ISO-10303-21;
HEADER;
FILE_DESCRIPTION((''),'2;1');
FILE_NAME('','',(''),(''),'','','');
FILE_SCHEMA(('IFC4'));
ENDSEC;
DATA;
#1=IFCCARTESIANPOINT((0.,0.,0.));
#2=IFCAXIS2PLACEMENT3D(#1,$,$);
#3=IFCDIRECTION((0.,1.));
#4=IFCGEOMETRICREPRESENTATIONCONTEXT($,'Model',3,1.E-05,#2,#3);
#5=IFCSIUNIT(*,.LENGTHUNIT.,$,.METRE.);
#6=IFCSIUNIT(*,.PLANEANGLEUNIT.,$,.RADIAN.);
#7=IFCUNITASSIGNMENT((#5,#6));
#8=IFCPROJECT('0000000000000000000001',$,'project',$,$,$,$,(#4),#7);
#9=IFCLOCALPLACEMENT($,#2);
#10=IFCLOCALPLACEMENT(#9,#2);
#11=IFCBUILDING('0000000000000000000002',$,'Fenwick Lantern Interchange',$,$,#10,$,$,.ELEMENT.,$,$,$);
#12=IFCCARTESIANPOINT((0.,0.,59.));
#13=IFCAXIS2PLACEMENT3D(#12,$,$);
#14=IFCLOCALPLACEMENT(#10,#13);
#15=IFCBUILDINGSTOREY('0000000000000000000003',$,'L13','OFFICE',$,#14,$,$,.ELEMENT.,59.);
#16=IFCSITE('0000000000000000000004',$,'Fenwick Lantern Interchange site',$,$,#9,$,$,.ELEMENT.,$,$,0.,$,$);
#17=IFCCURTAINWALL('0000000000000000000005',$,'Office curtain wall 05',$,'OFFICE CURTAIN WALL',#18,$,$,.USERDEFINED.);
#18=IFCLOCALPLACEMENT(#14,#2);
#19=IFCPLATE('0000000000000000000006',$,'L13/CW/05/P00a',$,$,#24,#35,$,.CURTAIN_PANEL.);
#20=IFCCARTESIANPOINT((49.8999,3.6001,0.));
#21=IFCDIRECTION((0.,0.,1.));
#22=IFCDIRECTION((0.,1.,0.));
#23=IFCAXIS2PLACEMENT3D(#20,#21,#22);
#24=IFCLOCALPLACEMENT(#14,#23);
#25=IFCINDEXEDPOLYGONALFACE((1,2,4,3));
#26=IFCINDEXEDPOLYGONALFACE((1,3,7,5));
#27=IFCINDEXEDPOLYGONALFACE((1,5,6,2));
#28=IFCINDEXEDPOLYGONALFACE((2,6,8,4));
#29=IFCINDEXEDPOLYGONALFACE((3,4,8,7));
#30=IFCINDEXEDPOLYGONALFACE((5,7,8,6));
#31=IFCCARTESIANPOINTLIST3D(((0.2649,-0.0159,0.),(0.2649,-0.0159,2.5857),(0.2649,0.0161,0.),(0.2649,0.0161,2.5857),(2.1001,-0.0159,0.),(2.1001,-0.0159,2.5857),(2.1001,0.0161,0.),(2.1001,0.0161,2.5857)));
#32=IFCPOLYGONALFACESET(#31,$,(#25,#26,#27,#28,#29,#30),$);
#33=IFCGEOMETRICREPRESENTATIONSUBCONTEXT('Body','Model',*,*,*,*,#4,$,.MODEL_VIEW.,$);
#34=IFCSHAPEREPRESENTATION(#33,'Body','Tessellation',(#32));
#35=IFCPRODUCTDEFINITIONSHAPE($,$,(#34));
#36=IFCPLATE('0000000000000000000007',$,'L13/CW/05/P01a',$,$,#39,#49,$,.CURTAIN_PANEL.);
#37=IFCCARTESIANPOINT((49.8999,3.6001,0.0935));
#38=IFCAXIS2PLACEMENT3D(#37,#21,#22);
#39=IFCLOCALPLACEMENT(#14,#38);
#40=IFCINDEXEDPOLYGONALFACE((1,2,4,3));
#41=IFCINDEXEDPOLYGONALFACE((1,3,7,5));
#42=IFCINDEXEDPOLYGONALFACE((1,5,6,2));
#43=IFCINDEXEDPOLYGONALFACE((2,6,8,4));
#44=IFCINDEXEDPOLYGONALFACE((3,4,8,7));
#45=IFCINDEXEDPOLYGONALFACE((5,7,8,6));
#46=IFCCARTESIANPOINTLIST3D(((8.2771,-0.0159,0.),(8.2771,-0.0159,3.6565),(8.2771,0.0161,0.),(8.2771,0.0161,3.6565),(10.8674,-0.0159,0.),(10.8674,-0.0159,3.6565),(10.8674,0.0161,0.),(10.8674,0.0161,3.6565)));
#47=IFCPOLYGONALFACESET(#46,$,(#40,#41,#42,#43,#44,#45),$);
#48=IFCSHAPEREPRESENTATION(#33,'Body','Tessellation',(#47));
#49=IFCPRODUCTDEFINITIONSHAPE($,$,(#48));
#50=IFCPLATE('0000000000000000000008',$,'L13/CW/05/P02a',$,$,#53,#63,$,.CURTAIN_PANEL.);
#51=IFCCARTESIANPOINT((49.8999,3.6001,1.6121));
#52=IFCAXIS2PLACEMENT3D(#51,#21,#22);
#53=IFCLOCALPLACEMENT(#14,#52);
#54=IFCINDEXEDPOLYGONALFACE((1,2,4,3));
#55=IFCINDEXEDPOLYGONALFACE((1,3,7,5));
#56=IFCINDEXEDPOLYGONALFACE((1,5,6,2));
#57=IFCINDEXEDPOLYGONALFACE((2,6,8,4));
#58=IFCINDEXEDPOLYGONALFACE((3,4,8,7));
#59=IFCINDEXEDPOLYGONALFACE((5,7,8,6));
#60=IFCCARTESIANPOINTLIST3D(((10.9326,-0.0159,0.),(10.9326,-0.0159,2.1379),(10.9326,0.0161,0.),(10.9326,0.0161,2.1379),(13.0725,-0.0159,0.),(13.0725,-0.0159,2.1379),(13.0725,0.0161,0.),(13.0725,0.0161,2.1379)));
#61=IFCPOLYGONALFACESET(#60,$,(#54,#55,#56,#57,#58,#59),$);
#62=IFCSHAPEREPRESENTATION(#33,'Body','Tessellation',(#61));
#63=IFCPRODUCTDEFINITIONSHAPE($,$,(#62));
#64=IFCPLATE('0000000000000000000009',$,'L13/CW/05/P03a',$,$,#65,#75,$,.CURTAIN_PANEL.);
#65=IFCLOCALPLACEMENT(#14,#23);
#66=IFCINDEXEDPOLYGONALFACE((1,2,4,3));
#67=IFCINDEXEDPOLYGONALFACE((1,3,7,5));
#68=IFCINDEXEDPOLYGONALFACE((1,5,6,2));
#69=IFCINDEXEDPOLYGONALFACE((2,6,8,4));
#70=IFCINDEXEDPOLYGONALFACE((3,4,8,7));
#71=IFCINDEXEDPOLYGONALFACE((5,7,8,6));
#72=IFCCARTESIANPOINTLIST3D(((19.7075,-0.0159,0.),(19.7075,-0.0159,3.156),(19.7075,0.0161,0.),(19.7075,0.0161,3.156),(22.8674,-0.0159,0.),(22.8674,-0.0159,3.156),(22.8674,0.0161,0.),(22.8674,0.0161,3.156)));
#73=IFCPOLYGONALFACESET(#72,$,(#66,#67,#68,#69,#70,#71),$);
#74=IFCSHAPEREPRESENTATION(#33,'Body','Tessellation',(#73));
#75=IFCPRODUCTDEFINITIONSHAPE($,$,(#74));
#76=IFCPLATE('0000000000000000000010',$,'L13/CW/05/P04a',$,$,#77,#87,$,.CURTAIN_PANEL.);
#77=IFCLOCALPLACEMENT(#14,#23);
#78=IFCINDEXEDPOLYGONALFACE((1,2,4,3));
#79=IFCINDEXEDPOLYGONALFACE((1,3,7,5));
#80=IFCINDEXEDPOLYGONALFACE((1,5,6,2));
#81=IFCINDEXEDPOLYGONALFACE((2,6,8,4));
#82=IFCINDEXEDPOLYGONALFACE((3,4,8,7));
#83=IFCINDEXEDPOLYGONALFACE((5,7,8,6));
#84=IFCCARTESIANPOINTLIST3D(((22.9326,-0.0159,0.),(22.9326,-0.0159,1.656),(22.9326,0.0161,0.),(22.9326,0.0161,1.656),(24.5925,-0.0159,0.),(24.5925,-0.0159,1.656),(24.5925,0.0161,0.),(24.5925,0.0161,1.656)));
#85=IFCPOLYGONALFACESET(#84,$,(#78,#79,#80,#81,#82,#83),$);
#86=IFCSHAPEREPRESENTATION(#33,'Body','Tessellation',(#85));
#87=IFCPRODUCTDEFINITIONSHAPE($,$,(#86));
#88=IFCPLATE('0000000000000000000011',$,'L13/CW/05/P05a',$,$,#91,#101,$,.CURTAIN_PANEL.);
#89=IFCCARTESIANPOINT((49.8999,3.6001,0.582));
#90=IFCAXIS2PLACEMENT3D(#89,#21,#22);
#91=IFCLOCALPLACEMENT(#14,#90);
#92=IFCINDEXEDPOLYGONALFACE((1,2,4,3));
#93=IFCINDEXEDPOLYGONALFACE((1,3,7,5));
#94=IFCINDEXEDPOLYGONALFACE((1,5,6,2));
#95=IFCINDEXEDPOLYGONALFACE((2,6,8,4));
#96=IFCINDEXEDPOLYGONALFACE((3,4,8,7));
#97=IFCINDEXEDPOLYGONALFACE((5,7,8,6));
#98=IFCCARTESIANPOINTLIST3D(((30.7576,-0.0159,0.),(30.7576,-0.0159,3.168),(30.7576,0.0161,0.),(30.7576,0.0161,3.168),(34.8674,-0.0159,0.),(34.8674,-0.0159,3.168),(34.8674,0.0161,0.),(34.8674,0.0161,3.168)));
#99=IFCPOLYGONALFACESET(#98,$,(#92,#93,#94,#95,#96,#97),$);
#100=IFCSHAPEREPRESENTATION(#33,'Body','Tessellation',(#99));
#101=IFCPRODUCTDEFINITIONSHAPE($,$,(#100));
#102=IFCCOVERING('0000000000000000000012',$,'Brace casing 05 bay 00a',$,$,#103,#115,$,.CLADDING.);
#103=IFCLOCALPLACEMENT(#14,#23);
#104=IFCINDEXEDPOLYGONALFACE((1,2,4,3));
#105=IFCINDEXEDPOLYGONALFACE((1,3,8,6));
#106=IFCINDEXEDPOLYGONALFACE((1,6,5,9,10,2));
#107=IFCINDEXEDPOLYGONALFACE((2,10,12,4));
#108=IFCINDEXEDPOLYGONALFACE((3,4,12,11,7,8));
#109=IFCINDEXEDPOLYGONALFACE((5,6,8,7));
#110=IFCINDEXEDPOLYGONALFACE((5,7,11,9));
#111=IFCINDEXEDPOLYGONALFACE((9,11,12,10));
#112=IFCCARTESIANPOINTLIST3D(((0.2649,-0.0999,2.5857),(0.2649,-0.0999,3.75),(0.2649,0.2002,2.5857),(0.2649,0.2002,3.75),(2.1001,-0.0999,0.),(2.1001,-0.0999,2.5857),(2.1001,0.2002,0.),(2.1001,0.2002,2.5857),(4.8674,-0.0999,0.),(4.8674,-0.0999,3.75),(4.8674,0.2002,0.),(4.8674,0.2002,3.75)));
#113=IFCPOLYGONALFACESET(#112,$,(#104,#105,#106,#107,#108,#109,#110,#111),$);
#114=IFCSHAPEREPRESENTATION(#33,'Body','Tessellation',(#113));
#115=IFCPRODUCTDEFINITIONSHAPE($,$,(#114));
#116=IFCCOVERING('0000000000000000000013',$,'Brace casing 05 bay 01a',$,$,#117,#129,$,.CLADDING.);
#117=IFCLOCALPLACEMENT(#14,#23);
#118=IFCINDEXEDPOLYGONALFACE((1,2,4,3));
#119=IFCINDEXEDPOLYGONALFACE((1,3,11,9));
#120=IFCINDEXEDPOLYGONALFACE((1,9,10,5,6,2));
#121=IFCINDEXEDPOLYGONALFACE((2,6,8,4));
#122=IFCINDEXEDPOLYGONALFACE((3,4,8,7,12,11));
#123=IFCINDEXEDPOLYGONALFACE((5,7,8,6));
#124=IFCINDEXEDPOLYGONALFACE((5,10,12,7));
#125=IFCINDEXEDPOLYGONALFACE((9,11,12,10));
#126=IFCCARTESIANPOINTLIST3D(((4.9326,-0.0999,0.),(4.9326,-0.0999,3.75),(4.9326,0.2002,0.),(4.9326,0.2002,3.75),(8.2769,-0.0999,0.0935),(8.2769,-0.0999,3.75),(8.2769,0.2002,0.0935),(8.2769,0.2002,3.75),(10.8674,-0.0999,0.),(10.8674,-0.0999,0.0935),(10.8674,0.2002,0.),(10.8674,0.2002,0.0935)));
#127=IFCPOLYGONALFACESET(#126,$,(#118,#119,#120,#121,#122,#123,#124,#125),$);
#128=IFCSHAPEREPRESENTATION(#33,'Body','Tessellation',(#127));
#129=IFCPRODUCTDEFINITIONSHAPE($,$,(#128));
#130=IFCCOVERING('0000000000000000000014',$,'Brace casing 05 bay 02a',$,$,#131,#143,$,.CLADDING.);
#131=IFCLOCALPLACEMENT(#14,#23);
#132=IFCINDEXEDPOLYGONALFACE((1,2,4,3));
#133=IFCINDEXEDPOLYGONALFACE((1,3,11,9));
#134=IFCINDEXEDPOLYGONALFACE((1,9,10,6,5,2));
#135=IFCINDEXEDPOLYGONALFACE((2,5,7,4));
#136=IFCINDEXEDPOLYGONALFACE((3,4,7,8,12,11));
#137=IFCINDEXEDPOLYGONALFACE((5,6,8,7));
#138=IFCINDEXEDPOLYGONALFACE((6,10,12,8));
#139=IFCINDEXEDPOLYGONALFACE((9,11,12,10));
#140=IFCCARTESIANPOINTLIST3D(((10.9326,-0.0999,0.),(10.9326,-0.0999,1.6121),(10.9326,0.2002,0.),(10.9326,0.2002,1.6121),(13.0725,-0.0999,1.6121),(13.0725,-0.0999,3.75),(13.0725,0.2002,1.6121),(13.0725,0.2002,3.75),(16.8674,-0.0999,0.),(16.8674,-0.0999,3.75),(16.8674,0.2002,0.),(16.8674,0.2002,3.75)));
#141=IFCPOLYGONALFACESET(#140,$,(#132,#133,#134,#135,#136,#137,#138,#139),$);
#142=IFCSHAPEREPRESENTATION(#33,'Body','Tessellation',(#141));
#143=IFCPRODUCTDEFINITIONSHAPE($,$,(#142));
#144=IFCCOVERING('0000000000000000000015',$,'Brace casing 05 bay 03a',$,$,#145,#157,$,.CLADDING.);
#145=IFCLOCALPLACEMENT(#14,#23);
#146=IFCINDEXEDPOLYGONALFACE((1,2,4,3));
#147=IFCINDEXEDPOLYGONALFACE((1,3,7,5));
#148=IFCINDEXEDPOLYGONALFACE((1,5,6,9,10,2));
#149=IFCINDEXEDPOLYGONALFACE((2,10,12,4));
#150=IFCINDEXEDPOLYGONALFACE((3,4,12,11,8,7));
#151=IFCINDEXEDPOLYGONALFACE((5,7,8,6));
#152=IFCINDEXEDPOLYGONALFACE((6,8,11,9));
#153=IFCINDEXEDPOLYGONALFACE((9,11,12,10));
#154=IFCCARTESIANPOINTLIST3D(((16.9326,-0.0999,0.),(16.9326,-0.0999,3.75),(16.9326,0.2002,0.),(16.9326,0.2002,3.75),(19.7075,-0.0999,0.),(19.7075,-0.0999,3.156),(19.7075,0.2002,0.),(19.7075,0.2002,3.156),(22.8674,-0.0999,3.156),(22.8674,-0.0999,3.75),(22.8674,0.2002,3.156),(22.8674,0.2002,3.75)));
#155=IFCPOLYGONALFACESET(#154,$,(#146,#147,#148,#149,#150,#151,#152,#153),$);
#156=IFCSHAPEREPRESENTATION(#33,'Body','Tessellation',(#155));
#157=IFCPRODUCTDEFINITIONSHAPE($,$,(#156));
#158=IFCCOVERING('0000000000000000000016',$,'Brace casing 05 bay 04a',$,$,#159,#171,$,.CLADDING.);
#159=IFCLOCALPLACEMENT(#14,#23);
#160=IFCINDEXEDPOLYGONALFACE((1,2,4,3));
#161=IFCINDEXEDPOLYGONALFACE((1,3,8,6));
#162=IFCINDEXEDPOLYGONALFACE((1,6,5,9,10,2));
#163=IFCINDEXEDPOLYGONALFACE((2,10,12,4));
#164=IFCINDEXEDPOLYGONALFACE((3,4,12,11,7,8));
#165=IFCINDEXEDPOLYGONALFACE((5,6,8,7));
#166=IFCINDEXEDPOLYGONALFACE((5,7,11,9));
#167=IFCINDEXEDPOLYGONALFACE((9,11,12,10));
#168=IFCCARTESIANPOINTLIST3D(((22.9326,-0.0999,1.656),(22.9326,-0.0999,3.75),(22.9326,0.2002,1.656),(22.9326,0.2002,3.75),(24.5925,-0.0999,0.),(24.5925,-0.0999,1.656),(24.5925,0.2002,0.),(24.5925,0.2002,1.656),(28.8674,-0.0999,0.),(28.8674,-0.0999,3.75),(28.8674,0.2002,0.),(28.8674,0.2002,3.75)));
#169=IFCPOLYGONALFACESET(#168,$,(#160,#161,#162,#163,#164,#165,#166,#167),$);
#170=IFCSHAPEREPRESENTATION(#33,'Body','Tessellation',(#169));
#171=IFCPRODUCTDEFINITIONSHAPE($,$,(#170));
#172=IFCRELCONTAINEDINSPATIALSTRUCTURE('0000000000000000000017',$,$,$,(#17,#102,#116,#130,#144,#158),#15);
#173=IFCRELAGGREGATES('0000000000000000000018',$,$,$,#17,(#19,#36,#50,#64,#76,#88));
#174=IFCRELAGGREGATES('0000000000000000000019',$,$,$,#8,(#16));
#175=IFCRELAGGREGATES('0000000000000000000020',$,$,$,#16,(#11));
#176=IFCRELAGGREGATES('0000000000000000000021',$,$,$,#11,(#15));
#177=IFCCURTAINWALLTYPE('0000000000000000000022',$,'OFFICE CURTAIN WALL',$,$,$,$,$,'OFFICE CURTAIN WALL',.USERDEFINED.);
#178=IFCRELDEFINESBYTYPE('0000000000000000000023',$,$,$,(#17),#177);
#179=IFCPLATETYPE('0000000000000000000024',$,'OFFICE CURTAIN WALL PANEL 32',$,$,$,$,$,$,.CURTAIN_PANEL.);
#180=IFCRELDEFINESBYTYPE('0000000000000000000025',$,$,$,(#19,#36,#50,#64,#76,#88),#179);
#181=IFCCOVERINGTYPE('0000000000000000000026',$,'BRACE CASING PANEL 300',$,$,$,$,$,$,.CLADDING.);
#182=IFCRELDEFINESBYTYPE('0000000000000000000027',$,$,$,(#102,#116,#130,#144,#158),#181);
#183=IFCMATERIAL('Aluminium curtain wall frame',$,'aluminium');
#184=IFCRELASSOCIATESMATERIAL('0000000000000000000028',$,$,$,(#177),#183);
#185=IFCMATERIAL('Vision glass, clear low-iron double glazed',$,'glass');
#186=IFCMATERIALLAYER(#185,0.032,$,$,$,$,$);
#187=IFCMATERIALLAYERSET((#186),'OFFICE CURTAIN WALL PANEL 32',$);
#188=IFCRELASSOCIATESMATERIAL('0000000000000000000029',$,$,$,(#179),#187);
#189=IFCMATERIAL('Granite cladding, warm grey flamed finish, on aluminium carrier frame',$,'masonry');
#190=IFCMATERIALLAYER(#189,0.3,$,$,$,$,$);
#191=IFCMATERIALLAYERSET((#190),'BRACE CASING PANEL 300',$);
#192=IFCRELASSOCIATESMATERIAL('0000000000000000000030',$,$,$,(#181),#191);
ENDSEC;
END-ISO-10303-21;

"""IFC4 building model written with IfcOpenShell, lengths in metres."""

from ifc_helpers import new_model, si_unit, direction, frame, origin, place, context, subcontext, project, spatial, polyline, outline, extrude, material, layer, layer_set, type_object, element, aggregate, save


model = new_model("IFC4")

# Units and contexts
model_context = context("Model", 3, precision=1e-05, world=origin(), true_north=direction((0.0, 1.0)))
body_context = subcontext(model_context, "Body", "Model", "MODEL_VIEW")
ifc_project = project(units=[si_unit("LENGTHUNIT", "METRE"), si_unit("PLANEANGLEUNIT", "RADIAN")], contexts=[model_context])

# Site, building, storey
site_placement = place(None, origin())
site = spatial("IfcSite", under=ifc_project, at=site_placement, Name="Fenwick Lantern Interchange site", CompositionType="ELEMENT", RefElevation=0.0)
building_placement = place(site_placement, origin())
building = spatial("IfcBuilding", under=site, at=building_placement, Name="Fenwick Lantern Interchange", CompositionType="ELEMENT")
storey_placement = place(building_placement, frame((0.0, 0.0, 59.0)))
storey = spatial("IfcBuildingStorey", under=building, at=storey_placement, Name="L13", Description="OFFICE", CompositionType="ELEMENT", Elevation=59.0)

# Shared definitions
ifc_material_1 = material(Name="Aluminium curtain wall frame", Category="aluminium")
curtain_wall_type = type_object("IfcCurtainWallType", Name="OFFICE CURTAIN WALL", ElementType="OFFICE CURTAIN WALL", PredefinedType="USERDEFINED", material=ifc_material_1)

# Shared definitions
ifc_material_2 = material(Name="Vision glass, clear low-iron double glazed", Category="glass")
ifc_layer_1 = layer(ifc_material_2, 0.032)
ifc_layer_set_1 = layer_set([ifc_layer_1], Name="OFFICE CURTAIN WALL PANEL 32")
plate_type = type_object("IfcPlateType", Name="OFFICE CURTAIN WALL PANEL 32", PredefinedType="CURTAIN_PANEL", material=ifc_layer_set_1)

# Curtain wall, plates
curtain_wall_1_placement = place(storey_placement, origin())
curtain_wall_1 = element("IfcCurtainWall", 1, at=curtain_wall_1_placement, inside=storey, type_object=curtain_wall_type, Name="Office curtain wall 05", ObjectType="OFFICE CURTAIN WALL", PredefinedType="USERDEFINED")
plate_1_placement = place(storey_placement, frame((49.8999, 3.6001, 0.0), z_axis=(0.0, 0.0, 1.0), x_axis=(0.0, 1.0, 0.0)))
plate_1 = element("IfcPlate", 2, at=plate_1_placement, type_object=plate_type, Name="L13/CW/05/P00a", PredefinedType="CURTAIN_PANEL", context=body_context, shape_type="SweptSolid", body=[
    extrude(outline(polyline([(0.2649, 0.0), (2.1001, 0.0), (2.1001, 2.5857), (0.2649, 2.5857), (0.2649, 0.0)])), frame((0.0, 0.0161, 0.0), z_axis=(0.0, -1.0, 0.0), x_axis=(1.0, 0.0, 0.0)), (0.0, 0.0, 1.0), 0.032),
])
plate_2_placement = place(storey_placement, frame((49.8999, 3.6001, 0.0935), z_axis=(0.0, 0.0, 1.0), x_axis=(0.0, 1.0, 0.0)))
plate_2 = element("IfcPlate", 3, at=plate_2_placement, type_object=plate_type, Name="L13/CW/05/P01a", PredefinedType="CURTAIN_PANEL", context=body_context, shape_type="SweptSolid", body=[
    extrude(outline(polyline([(8.2771, 0.0), (10.8674, 0.0), (10.8674, 3.6565), (8.2771, 3.6565), (8.2771, 0.0)])), frame((0.0, 0.0161, 0.0), z_axis=(0.0, -1.0, 0.0), x_axis=(1.0, 0.0, 0.0)), (0.0, 0.0, 1.0), 0.032),
])
plate_3_placement = place(storey_placement, frame((49.8999, 3.6001, 1.6121), z_axis=(0.0, 0.0, 1.0), x_axis=(0.0, 1.0, 0.0)))
plate_3 = element("IfcPlate", 4, at=plate_3_placement, type_object=plate_type, Name="L13/CW/05/P02a", PredefinedType="CURTAIN_PANEL", context=body_context, shape_type="SweptSolid", body=[
    extrude(outline(polyline([(10.9326, 0.0), (13.0725, 0.0), (13.0725, 2.1379), (10.9326, 2.1379), (10.9326, 0.0)])), frame((0.0, 0.0161, 0.0), z_axis=(0.0, -1.0, 0.0), x_axis=(1.0, 0.0, 0.0)), (0.0, 0.0, 1.0), 0.032),
])
plate_4_placement = place(storey_placement, frame((49.8999, 3.6001, 0.0), z_axis=(0.0, 0.0, 1.0), x_axis=(0.0, 1.0, 0.0)))
plate_4 = element("IfcPlate", 5, at=plate_4_placement, type_object=plate_type, Name="L13/CW/05/P03a", PredefinedType="CURTAIN_PANEL", context=body_context, shape_type="SweptSolid", body=[
    extrude(outline(polyline([(19.7075, 0.0), (22.8674, 0.0), (22.8674, 3.156), (19.7075, 3.156), (19.7075, 0.0)])), frame((0.0, 0.0161, 0.0), z_axis=(0.0, -1.0, 0.0), x_axis=(1.0, 0.0, 0.0)), (0.0, 0.0, 1.0), 0.032),
])
plate_5_placement = place(storey_placement, frame((49.8999, 3.6001, 0.0), z_axis=(0.0, 0.0, 1.0), x_axis=(0.0, 1.0, 0.0)))
plate_5 = element("IfcPlate", 6, at=plate_5_placement, type_object=plate_type, Name="L13/CW/05/P04a", PredefinedType="CURTAIN_PANEL", context=body_context, shape_type="SweptSolid", body=[
    extrude(outline(polyline([(22.9326, 0.0), (24.5925, 0.0), (24.5925, 1.656), (22.9326, 1.656), (22.9326, 0.0)])), frame((0.0, 0.0161, 0.0), z_axis=(0.0, -1.0, 0.0), x_axis=(1.0, 0.0, 0.0)), (0.0, 0.0, 1.0), 0.032),
])
plate_6_placement = place(storey_placement, frame((49.8999, 3.6001, 0.582), z_axis=(0.0, 0.0, 1.0), x_axis=(0.0, 1.0, 0.0)))
plate_6 = element("IfcPlate", 7, at=plate_6_placement, type_object=plate_type, Name="L13/CW/05/P05a", PredefinedType="CURTAIN_PANEL", context=body_context, shape_type="SweptSolid", body=[
    extrude(outline(polyline([(30.7576, 0.0), (34.8674, 0.0), (34.8674, 3.168), (30.7576, 3.168), (30.7576, 0.0)])), frame((0.0, 0.0161, 0.0), z_axis=(0.0, -1.0, 0.0), x_axis=(1.0, 0.0, 0.0)), (0.0, 0.0, 1.0), 0.032),
])
aggregate(curtain_wall_1, [plate_1, plate_2, plate_3, plate_4, plate_5, plate_6])

# Coverings
ifc_material_3 = material(Name="Granite cladding, warm grey flamed finish, on aluminium carrier frame", Category="masonry")
ifc_layer_2 = layer(ifc_material_3, 0.3)
ifc_layer_set_2 = layer_set([ifc_layer_2], Name="BRACE CASING PANEL 300")
covering_type = type_object("IfcCoveringType", Name="BRACE CASING PANEL 300", PredefinedType="CLADDING", material=ifc_layer_set_2)
covering_1_placement = place(storey_placement, frame((49.8999, 3.6001, 0.0), z_axis=(0.0, 0.0, 1.0), x_axis=(0.0, 1.0, 0.0)))
element("IfcCovering", 8, at=covering_1_placement, inside=storey, type_object=covering_type, Name="Brace casing 05 bay 00a", PredefinedType="CLADDING", context=body_context, shape_type="SweptSolid", body=[
    extrude(outline(polyline([(2.1001, 0.0), (4.8674, 0.0), (4.8674, 3.75), (0.2649, 3.75), (0.2649, 2.5857), (2.1001, 2.5857), (2.1001, 0.0)])), frame((0.0, 0.2002, 0.0), z_axis=(0.0, -1.0, 0.0), x_axis=(1.0, 0.0, 0.0)), (0.0, 0.0, 1.0), 0.3),
])
covering_2_placement = place(storey_placement, frame((49.8999, 3.6001, 0.0), z_axis=(0.0, 0.0, 1.0), x_axis=(0.0, 1.0, 0.0)))
element("IfcCovering", 9, at=covering_2_placement, inside=storey, type_object=covering_type, Name="Brace casing 05 bay 01a", PredefinedType="CLADDING", context=body_context, shape_type="SweptSolid", body=[
    extrude(outline(polyline([(4.9326, 0.0), (10.8674, 0.0), (10.8674, 0.0935), (8.2769, 0.0935), (8.2769, 3.75), (4.9326, 3.75), (4.9326, 0.0)])), frame((0.0, 0.2002, 0.0), z_axis=(0.0, -1.0, 0.0), x_axis=(1.0, 0.0, 0.0)), (0.0, 0.0, 1.0), 0.3),
])
covering_3_placement = place(storey_placement, frame((49.8999, 3.6001, 0.0), z_axis=(0.0, 0.0, 1.0), x_axis=(0.0, 1.0, 0.0)))
element("IfcCovering", 10, at=covering_3_placement, inside=storey, type_object=covering_type, Name="Brace casing 05 bay 02a", PredefinedType="CLADDING", context=body_context, shape_type="SweptSolid", body=[
    extrude(outline(polyline([(10.9326, 0.0), (16.8674, 0.0), (16.8674, 3.75), (13.0725, 3.75), (13.0725, 1.6121), (10.9326, 1.6121), (10.9326, 0.0)])), frame((0.0, 0.2002, 0.0), z_axis=(0.0, -1.0, 0.0), x_axis=(1.0, 0.0, 0.0)), (0.0, 0.0, 1.0), 0.3),
])
covering_4_placement = place(storey_placement, frame((49.8999, 3.6001, 0.0), z_axis=(0.0, 0.0, 1.0), x_axis=(0.0, 1.0, 0.0)))
element("IfcCovering", 11, at=covering_4_placement, inside=storey, type_object=covering_type, Name="Brace casing 05 bay 03a", PredefinedType="CLADDING", context=body_context, shape_type="SweptSolid", body=[
    extrude(outline(polyline([(16.9326, 0.0), (19.7075, 0.0), (19.7075, 3.156), (22.8674, 3.156), (22.8674, 3.75), (16.9326, 3.75), (16.9326, 0.0)])), frame((0.0, 0.2002, 0.0), z_axis=(0.0, -1.0, 0.0), x_axis=(1.0, 0.0, 0.0)), (0.0, 0.0, 1.0), 0.3),
])
covering_5_placement = place(storey_placement, frame((49.8999, 3.6001, 0.0), z_axis=(0.0, 0.0, 1.0), x_axis=(0.0, 1.0, 0.0)))
element("IfcCovering", 12, at=covering_5_placement, inside=storey, type_object=covering_type, Name="Brace casing 05 bay 04a", PredefinedType="CLADDING", context=body_context, shape_type="SweptSolid", body=[
    extrude(outline(polyline([(24.5925, 0.0), (28.8674, 0.0), (28.8674, 3.75), (22.9326, 3.75), (22.9326, 1.656), (24.5925, 1.656), (24.5925, 0.0)])), frame((0.0, 0.2002, 0.0), z_axis=(0.0, -1.0, 0.0), x_axis=(1.0, 0.0, 0.0)), (0.0, 0.0, 1.0), 0.3),
])

save(model, "model.ifc")
